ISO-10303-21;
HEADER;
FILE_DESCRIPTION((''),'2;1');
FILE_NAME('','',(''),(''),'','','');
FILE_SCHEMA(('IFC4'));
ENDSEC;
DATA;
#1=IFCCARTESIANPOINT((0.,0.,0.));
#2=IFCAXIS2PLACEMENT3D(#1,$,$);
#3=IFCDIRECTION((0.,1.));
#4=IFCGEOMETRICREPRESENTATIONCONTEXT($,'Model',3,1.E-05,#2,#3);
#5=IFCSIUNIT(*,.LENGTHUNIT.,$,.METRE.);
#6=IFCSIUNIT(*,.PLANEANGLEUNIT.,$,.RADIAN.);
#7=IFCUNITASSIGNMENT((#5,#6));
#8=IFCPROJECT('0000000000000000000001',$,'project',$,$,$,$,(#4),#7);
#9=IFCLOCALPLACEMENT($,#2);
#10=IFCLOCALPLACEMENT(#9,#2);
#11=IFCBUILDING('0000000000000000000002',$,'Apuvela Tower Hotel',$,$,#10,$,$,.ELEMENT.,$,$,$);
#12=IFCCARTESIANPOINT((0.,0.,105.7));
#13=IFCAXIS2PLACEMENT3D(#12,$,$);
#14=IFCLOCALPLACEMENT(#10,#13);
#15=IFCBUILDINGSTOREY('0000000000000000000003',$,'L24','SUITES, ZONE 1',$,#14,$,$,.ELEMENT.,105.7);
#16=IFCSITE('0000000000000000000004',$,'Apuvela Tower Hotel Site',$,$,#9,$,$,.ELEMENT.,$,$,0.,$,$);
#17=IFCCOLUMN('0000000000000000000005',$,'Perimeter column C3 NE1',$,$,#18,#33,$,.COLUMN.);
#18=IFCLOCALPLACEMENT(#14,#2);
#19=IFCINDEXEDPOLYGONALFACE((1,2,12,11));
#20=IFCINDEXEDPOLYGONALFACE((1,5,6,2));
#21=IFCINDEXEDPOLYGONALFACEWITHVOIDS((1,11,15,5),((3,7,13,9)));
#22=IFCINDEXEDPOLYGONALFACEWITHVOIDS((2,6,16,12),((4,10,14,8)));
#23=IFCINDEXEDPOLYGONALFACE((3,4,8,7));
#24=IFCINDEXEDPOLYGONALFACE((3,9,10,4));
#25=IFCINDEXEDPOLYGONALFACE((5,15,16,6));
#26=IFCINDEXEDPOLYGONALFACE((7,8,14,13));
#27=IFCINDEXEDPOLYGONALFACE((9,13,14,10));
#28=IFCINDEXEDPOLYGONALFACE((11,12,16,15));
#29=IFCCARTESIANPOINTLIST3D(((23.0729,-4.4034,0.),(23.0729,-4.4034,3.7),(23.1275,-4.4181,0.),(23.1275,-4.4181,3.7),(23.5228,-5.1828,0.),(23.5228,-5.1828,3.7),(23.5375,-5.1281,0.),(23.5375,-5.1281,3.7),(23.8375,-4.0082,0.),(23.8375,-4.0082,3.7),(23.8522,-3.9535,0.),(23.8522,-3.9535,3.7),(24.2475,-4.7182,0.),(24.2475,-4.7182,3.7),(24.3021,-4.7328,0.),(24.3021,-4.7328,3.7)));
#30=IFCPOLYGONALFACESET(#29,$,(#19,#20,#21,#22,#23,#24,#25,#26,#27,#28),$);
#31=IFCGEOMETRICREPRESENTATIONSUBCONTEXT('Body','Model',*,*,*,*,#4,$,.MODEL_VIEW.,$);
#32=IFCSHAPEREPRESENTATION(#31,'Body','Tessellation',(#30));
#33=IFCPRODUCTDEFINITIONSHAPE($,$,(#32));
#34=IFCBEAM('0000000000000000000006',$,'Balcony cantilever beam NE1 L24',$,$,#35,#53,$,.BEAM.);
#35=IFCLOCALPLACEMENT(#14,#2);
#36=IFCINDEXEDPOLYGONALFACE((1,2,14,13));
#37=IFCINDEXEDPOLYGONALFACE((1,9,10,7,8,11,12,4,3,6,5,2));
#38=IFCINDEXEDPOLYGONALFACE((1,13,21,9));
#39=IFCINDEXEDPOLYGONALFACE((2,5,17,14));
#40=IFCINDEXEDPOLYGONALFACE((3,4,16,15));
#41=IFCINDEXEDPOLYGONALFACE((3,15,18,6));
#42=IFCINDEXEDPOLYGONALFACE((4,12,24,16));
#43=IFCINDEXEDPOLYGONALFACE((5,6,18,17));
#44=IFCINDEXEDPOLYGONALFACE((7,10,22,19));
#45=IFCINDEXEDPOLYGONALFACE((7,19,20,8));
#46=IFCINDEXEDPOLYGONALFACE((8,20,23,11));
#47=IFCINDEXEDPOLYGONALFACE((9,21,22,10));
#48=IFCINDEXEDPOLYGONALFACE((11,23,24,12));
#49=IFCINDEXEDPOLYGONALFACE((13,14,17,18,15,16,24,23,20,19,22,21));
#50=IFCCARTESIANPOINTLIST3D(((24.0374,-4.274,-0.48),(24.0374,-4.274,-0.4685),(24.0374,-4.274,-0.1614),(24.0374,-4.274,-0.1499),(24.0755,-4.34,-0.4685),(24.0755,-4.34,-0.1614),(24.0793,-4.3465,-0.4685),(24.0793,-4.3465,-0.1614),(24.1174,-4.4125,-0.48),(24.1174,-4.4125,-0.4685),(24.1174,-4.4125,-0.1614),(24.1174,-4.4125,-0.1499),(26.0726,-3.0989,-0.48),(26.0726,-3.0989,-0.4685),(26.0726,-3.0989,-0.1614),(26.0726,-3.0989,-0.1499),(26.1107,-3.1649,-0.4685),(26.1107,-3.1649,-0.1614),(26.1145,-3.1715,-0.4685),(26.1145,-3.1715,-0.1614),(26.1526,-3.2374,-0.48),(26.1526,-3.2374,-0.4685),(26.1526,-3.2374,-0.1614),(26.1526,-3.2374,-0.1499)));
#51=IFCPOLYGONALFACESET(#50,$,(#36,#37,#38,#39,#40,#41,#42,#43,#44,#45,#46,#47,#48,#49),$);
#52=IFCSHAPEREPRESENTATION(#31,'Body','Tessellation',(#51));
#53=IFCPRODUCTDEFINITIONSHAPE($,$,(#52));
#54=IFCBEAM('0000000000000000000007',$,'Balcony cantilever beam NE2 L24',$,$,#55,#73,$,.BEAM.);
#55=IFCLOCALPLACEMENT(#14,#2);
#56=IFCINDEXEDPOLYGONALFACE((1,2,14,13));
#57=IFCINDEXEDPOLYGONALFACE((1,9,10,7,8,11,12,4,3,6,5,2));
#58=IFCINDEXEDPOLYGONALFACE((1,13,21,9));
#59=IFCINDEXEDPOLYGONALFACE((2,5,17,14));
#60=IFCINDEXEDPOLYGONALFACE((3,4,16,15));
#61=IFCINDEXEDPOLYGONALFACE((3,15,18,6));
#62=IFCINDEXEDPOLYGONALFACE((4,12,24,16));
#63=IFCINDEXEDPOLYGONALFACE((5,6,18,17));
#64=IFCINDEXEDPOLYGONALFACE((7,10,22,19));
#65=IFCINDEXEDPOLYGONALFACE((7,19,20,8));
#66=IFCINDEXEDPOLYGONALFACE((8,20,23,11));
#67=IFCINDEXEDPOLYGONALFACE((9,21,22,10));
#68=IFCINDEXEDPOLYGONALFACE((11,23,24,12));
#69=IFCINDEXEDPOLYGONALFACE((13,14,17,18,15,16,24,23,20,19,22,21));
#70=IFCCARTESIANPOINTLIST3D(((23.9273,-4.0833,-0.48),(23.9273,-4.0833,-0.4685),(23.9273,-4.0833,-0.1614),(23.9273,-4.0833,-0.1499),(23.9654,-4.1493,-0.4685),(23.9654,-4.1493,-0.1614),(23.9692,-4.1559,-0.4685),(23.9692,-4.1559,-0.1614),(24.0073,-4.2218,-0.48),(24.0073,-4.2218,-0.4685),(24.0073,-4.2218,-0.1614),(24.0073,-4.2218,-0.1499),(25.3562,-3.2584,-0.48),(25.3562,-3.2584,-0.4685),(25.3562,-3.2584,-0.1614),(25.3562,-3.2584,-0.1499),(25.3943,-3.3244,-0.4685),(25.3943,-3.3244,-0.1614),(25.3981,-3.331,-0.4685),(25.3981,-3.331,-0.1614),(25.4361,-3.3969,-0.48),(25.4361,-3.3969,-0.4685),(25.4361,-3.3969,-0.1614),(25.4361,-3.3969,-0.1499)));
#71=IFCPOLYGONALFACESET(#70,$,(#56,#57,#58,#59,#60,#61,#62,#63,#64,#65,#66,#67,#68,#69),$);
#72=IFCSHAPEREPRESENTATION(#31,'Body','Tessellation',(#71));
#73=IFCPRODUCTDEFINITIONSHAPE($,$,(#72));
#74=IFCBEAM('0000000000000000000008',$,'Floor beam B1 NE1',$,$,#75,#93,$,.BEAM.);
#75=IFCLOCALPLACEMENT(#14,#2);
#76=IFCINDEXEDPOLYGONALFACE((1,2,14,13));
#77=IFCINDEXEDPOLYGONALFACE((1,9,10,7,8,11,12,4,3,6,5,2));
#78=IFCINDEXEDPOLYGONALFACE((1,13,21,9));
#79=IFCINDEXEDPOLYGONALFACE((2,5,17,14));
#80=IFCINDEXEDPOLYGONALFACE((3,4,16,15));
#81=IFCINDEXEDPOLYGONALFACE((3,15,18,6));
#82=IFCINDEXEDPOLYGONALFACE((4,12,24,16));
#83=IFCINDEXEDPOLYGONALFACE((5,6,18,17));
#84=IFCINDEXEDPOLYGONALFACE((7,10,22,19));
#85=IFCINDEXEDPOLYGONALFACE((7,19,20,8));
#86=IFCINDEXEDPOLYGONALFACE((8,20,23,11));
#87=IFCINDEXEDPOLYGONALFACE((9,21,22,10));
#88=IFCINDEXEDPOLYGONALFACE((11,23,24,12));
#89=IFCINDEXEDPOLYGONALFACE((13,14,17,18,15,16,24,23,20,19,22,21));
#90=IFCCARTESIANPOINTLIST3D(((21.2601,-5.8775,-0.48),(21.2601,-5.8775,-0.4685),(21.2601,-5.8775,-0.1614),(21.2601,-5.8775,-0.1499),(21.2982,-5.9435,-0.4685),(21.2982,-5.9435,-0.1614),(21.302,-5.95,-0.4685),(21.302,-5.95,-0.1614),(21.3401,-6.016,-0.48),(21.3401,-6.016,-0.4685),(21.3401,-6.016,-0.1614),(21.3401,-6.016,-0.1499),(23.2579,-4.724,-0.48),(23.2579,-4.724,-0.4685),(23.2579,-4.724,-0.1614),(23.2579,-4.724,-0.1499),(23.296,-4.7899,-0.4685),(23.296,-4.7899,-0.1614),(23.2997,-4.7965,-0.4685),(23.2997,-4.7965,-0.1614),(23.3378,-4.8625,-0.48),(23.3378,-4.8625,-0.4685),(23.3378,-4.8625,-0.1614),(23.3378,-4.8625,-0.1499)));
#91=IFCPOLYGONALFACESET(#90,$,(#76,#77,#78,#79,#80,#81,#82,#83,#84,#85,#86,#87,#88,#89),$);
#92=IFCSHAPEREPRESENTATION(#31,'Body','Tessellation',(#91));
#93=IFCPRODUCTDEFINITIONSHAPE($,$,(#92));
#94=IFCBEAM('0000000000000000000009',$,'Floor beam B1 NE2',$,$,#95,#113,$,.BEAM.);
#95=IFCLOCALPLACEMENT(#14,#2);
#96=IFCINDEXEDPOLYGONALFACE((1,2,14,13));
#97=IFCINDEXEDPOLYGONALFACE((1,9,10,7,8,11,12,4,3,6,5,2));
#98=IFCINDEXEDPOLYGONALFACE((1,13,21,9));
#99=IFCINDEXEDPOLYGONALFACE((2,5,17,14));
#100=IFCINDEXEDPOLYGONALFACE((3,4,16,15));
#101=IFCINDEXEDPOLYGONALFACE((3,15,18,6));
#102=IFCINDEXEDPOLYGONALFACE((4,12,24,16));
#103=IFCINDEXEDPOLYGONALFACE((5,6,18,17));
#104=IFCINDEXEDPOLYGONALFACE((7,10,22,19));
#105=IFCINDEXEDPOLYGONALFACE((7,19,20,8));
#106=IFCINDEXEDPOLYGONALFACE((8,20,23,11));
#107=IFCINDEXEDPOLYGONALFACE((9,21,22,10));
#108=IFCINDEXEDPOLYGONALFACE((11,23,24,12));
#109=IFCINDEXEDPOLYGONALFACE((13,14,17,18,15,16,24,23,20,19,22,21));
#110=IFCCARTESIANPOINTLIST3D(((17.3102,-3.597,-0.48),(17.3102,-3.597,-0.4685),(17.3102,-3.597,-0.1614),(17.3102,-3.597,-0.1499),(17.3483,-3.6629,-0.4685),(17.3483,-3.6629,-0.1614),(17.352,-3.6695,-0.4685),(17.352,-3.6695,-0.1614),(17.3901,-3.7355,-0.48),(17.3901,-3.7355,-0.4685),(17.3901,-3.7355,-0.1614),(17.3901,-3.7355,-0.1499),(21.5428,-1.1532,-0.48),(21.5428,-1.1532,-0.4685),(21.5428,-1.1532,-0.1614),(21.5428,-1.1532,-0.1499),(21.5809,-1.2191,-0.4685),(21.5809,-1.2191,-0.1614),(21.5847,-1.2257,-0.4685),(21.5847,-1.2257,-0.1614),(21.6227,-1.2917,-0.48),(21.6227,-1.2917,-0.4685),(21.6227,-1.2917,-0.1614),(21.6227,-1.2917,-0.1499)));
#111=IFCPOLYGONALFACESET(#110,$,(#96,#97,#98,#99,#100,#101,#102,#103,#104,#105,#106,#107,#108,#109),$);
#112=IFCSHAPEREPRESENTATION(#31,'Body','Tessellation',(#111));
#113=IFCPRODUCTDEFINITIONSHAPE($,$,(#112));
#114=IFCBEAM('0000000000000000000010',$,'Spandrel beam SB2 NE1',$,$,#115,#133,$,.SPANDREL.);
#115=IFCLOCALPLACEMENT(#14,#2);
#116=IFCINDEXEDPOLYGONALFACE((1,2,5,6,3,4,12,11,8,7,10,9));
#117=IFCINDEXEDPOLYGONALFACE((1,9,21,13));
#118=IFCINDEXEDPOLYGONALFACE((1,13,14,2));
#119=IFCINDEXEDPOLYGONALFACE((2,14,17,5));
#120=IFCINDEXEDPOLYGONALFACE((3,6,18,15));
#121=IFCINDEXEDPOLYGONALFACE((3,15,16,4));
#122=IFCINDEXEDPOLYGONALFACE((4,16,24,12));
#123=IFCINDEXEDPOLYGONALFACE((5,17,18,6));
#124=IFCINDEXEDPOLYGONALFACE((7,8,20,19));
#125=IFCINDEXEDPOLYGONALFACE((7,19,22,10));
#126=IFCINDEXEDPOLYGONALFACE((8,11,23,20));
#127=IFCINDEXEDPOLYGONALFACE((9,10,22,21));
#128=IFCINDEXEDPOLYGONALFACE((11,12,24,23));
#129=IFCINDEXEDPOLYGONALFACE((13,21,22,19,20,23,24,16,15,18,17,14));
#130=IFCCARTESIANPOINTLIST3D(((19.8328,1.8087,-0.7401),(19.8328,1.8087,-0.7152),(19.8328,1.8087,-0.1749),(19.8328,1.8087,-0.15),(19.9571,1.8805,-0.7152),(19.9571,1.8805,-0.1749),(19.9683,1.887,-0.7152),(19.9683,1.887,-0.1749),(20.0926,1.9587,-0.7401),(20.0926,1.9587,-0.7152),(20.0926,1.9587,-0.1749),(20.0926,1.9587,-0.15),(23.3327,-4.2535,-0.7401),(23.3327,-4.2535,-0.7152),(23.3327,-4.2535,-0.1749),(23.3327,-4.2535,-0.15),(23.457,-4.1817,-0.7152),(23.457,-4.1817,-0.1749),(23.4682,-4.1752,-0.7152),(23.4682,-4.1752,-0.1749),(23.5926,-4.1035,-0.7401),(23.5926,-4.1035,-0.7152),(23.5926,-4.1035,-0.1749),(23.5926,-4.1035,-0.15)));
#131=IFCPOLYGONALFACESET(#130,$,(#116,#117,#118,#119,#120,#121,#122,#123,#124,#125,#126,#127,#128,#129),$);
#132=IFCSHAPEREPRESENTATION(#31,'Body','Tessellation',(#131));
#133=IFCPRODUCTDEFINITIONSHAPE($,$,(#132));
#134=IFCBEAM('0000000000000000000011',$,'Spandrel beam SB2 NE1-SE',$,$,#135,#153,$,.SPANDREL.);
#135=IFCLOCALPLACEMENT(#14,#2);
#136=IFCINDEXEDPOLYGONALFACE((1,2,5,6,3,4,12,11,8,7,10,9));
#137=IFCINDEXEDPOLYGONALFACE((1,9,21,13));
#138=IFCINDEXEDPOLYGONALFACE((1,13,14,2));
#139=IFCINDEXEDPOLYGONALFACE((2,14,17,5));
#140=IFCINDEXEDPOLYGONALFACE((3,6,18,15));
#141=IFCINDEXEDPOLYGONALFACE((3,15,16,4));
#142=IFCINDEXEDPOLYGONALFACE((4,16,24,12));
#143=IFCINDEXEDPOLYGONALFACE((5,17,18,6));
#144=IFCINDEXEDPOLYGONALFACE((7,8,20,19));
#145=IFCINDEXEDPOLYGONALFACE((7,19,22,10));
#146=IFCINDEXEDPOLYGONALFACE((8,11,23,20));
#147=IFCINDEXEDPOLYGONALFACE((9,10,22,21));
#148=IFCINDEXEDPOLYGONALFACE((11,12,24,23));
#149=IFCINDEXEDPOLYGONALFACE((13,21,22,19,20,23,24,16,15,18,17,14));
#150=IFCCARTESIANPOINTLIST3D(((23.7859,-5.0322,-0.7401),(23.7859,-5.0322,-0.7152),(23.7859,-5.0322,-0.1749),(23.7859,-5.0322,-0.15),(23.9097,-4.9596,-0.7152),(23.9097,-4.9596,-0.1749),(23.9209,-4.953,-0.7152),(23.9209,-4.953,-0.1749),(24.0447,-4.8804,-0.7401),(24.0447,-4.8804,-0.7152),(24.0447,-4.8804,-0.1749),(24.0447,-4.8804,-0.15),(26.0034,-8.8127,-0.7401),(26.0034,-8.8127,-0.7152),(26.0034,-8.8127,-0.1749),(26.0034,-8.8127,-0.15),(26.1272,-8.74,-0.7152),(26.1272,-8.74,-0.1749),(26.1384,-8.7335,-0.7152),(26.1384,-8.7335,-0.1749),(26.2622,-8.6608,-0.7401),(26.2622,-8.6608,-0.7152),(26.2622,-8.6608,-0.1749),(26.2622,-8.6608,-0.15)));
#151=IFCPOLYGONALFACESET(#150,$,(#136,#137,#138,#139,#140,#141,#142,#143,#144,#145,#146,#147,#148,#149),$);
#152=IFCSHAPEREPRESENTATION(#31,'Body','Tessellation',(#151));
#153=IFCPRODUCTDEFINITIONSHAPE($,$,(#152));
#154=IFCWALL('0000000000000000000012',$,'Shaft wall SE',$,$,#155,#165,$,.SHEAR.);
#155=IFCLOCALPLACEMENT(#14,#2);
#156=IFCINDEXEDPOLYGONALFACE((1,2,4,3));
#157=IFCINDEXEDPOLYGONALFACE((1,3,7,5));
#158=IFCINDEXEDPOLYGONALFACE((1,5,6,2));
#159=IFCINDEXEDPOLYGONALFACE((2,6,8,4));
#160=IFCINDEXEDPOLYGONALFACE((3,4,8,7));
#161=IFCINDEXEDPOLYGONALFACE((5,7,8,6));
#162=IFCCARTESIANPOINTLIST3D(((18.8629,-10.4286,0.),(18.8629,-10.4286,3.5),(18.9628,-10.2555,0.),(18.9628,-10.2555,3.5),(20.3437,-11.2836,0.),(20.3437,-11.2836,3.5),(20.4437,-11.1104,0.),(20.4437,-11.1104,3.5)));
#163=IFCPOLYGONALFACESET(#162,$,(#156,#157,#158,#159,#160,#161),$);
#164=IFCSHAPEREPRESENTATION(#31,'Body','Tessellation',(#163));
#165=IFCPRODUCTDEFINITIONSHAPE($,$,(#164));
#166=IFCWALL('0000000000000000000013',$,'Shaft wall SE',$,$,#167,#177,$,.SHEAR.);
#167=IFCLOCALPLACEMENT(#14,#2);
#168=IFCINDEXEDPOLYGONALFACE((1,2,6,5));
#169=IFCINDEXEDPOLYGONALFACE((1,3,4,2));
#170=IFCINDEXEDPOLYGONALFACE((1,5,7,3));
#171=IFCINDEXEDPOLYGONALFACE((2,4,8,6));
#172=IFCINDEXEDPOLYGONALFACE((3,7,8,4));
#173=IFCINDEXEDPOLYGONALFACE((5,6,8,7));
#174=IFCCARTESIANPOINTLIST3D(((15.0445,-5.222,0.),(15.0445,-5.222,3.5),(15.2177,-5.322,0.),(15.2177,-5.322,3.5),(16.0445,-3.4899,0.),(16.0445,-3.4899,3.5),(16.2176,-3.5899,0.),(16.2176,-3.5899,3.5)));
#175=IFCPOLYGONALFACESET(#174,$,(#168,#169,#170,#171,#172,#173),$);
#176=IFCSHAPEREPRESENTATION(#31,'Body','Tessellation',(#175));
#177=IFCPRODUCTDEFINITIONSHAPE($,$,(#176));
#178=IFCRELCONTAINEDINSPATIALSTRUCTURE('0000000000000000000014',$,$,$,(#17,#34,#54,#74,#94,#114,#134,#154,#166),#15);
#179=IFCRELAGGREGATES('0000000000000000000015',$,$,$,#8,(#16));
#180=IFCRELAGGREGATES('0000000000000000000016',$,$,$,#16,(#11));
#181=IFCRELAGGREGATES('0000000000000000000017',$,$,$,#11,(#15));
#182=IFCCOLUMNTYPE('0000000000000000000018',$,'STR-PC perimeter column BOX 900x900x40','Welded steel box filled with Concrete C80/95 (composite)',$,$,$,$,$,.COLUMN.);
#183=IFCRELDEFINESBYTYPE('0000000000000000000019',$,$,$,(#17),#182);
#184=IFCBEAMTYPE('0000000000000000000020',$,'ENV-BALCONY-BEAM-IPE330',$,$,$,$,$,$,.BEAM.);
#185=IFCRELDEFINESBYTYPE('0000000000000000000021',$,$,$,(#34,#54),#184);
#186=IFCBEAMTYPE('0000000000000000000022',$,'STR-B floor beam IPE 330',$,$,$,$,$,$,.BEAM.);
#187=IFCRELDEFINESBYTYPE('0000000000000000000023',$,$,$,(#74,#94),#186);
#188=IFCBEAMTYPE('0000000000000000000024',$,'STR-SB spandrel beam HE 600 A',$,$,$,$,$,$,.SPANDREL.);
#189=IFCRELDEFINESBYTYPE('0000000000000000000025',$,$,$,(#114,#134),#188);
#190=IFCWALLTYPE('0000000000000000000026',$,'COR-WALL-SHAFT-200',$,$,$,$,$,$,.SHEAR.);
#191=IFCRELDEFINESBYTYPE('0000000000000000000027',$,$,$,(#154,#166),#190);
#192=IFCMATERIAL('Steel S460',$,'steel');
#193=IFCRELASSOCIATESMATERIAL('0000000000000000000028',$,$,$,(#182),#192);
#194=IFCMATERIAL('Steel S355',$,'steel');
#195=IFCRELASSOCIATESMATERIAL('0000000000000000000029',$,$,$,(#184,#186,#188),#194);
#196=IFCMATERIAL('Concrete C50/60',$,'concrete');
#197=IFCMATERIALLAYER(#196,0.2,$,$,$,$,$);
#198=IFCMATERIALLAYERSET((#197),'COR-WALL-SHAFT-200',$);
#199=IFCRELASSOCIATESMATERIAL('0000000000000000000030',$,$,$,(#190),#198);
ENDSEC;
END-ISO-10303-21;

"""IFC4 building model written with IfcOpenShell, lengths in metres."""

from ifc_helpers import new_model, si_unit, direction, frame, frame_2d, origin, origin_2d, place, context, subcontext, project, spatial, rectangle, hollow_rectangle, i_section, extrude, material, layer, layer_set, material_profile, profile_set, type_object, element, save


model = new_model("IFC4")

# Units and contexts
model_context = context("Model", 3, precision=1e-05, world=origin(), true_north=direction((0.0, 1.0)))
body_context = subcontext(model_context, "Body", "Model", "MODEL_VIEW")
ifc_project = project(units=[si_unit("LENGTHUNIT", "METRE"), si_unit("PLANEANGLEUNIT", "RADIAN")], contexts=[model_context])

# Site, building, storey
site_placement = place(None, origin())
site = spatial("IfcSite", under=ifc_project, at=site_placement, Name="Apuvela Tower Hotel Site", CompositionType="ELEMENT", RefElevation=0.0)
building_placement = place(site_placement, origin())
building = spatial("IfcBuilding", under=site, at=building_placement, Name="Apuvela Tower Hotel", CompositionType="ELEMENT")
storey_placement = place(building_placement, frame((0.0, 0.0, 105.7)))
storey = spatial("IfcBuildingStorey", under=building, at=storey_placement, Name="L24", Description="SUITES, ZONE 1", CompositionType="ELEMENT", Elevation=105.7)

# Column
ifc_material_1 = material(Name="Steel S460", Category="steel")
ifc_material_profile_1 = material_profile(ifc_material_1, hollow_rectangle(XDim=0.8999, YDim=0.8999, WallThickness=0.04, at=origin_2d()), Name="BOX 900x900x40")
ifc_material_2 = material(Name="Concrete C80/95", Category="concrete")
ifc_material_profile_2 = material_profile(ifc_material_2, rectangle(XDim=0.8201, YDim=0.8201, at=origin_2d()), Name="Concrete C80/95 infill")
ifc_profile_set_1 = profile_set([ifc_material_profile_1, ifc_material_profile_2], Name="Steel S460")
column_type = type_object("IfcColumnType", Name="STR-PC perimeter column BOX 900x900x40", Description="Welded steel box filled with Concrete C80/95 (composite)", PredefinedType="COLUMN", material=ifc_profile_set_1)
column_placement = place(storey_placement, frame((23.6875, -4.5681, 0.0), z_axis=(0.0, 0.0, 1.0), x_axis=(-0.5, 0.866025, 0.0)))
element("IfcColumn", 1, at=column_placement, inside=storey, type_object=column_type, Name="Perimeter column C3 NE1", PredefinedType="COLUMN", context=body_context, shape_type="SweptSolid", body=[
    extrude(hollow_rectangle(XDim=0.8999, YDim=0.8999, WallThickness=0.04, at=origin_2d()), origin(), (0.0, 0.0, 1.0), 3.7),
])

# Beams
ifc_material_3 = material(Name="Steel S355", Category="steel")
ifc_material_profile_3 = material_profile(ifc_material_3, i_section(OverallWidth=0.1599, OverallDepth=0.3301, WebThickness=0.0076, FlangeThickness=0.0115, at=origin_2d()), Name="IPE 330")
ifc_profile_set_2 = profile_set([ifc_material_profile_3], Name="Steel S355")
beam_type_1 = type_object("IfcBeamType", Name="ENV-BALCONY-BEAM-IPE330", PredefinedType="BEAM", material=ifc_profile_set_2)
beam_1_placement = place(storey_placement, frame((24.0774, -4.3433, -0.3149), z_axis=(0.866016, 0.500016, 0.0), x_axis=(-0.500016, 0.866016, 0.0)))
element("IfcBeam", 2, at=beam_1_placement, inside=storey, type_object=beam_type_1, Name="Balcony cantilever beam NE1 L24", PredefinedType="BEAM", context=body_context, shape_type="SweptSolid", body=[
    extrude(i_section(OverallWidth=0.1599, OverallDepth=0.3301, WebThickness=0.0076, FlangeThickness=0.0115, at=origin_2d()), origin(), (0.0, 0.0, 1.0), 2.3501),
])
beam_2_placement = place(storey_placement, frame((23.9673, -4.1526, -0.3149), z_axis=(0.86604, 0.499974, 0.0), x_axis=(-0.499974, 0.86604, 0.0)))
element("IfcBeam", 3, at=beam_2_placement, inside=storey, type_object=beam_type_1, Name="Balcony cantilever beam NE2 L24", PredefinedType="BEAM", context=body_context, shape_type="SweptSolid", body=[
    extrude(i_section(OverallWidth=0.1599, OverallDepth=0.3301, WebThickness=0.0076, FlangeThickness=0.0115, at=origin_2d()), origin(), (0.0, 0.0, 1.0), 1.6499),
])
ifc_material_profile_4 = material_profile(ifc_material_3, i_section(OverallWidth=0.1599, OverallDepth=0.3301, WebThickness=0.0076, FlangeThickness=0.0115, at=origin_2d()), Name="IPE 330")
ifc_profile_set_3 = profile_set([ifc_material_profile_4], Name="Steel S355")
beam_type_2 = type_object("IfcBeamType", Name="STR-B floor beam IPE 330", PredefinedType="BEAM", material=ifc_profile_set_3)
beam_3_placement = place(storey_placement, frame((23.2979, -4.7932, -0.3149), z_axis=(-0.866001, -0.500043, 0.0), x_axis=(0.500043, -0.866001, 0.0)))
element("IfcBeam", 4, at=beam_3_placement, inside=storey, type_object=beam_type_2, Name="Floor beam B1 NE1", PredefinedType="BEAM", context=body_context, shape_type="SweptSolid", body=[
    extrude(i_section(OverallWidth=0.1599, OverallDepth=0.3301, WebThickness=0.0076, FlangeThickness=0.0115, at=origin_2d()), origin(), (0.0, 0.0, 1.0), 2.3069),
])
beam_4_placement = place(storey_placement, frame((21.5828, -1.2224, -0.3149), z_axis=(-0.866015, -0.500018, 0.0), x_axis=(0.500018, -0.866015, 0.0)))
element("IfcBeam", 5, at=beam_4_placement, inside=storey, type_object=beam_type_2, Name="Floor beam B1 NE2", PredefinedType="BEAM", context=body_context, shape_type="SweptSolid", body=[
    extrude(i_section(OverallWidth=0.1599, OverallDepth=0.3301, WebThickness=0.0076, FlangeThickness=0.0115, at=origin_2d()), origin(), (0.0, 0.0, 1.0), 4.8875),
])
ifc_material_profile_5 = material_profile(ifc_material_3, i_section(OverallWidth=0.3, OverallDepth=0.5901, WebThickness=0.0129, FlangeThickness=0.0249, at=origin_2d()), Name="HE 600 A")
ifc_profile_set_4 = profile_set([ifc_material_profile_5], Name="Steel S355")
beam_type_3 = type_object("IfcBeamType", Name="STR-SB spandrel beam HE 600 A", PredefinedType="SPANDREL", material=ifc_profile_set_4)
beam_5_placement = place(storey_placement, frame((23.4626, -4.1785, -0.4451), z_axis=(-0.499995, 0.866028, 0.0), x_axis=(-0.866028, -0.499995, 0.0)))
element("IfcBeam", 6, at=beam_5_placement, inside=storey, type_object=beam_type_3, Name="Spandrel beam SB2 NE1", PredefinedType="SPANDREL", context=body_context, shape_type="SweptSolid", body=[
    extrude(i_section(OverallWidth=0.3, OverallDepth=0.5901, WebThickness=0.0129, FlangeThickness=0.0249, at=origin_2d()), origin(), (0.0, 0.0, 1.0), 7.0),
])
beam_6_placement = place(storey_placement, frame((23.9153, -4.9563, -0.4451), z_axis=(0.505951, -0.862562, 0.0), x_axis=(0.862562, 0.505951, 0.0)))
element("IfcBeam", 7, at=beam_6_placement, inside=storey, type_object=beam_type_3, Name="Spandrel beam SB2 NE1-SE", PredefinedType="SPANDREL", context=body_context, shape_type="SweptSolid", body=[
    extrude(i_section(OverallWidth=0.3, OverallDepth=0.5901, WebThickness=0.0129, FlangeThickness=0.0249, at=origin_2d()), origin(), (0.0, 0.0, 1.0), 4.3828),
])

# Walls
ifc_material_4 = material(Name="Concrete C50/60", Category="concrete")
ifc_layer_1 = layer(ifc_material_4, 0.2)
ifc_layer_set_1 = layer_set([ifc_layer_1], Name="COR-WALL-SHAFT-200")
wall_type_1 = type_object("IfcWallType", Name="COR-WALL-SHAFT-200", PredefinedType="SHEAR", material=ifc_layer_set_1)
wall_1_placement = place(storey_placement, frame((18.9128, -10.342, 0.0), z_axis=(0.0, 0.0, 1.0), x_axis=(0.866038, -0.499978, 0.0)))
element("IfcWall", 8, at=wall_1_placement, inside=storey, type_object=wall_type_1, Name="Shaft wall SE", PredefinedType="SHEAR", context=body_context, shape_type="SweptSolid", body=[
    extrude(rectangle(XDim=1.71, YDim=0.2, at=frame_2d((0.855, 0.0))), origin(), (0.0, 0.0, 1.0), 3.5),
])
for number, where, z_axis, x_axis, name in (
    (9, (15.1311, -5.272, 0.0), (0.0, 0.0, 1.0), (0.499973, 0.866041, 0.0), "Shaft wall SE"),
):
    element("IfcWall", number, at=place(storey_placement, frame(where, z_axis=z_axis, x_axis=x_axis)), inside=storey, type_object=wall_type_1, Name=name, PredefinedType="SHEAR", context=body_context, shape_type="SweptSolid", body=[
        extrude(rectangle(XDim=2.0, YDim=0.2, at=frame_2d((1.0, 0.0))), origin(), (0.0, 0.0, 1.0), 3.5),
    ])

save(model, "model.ifc")
